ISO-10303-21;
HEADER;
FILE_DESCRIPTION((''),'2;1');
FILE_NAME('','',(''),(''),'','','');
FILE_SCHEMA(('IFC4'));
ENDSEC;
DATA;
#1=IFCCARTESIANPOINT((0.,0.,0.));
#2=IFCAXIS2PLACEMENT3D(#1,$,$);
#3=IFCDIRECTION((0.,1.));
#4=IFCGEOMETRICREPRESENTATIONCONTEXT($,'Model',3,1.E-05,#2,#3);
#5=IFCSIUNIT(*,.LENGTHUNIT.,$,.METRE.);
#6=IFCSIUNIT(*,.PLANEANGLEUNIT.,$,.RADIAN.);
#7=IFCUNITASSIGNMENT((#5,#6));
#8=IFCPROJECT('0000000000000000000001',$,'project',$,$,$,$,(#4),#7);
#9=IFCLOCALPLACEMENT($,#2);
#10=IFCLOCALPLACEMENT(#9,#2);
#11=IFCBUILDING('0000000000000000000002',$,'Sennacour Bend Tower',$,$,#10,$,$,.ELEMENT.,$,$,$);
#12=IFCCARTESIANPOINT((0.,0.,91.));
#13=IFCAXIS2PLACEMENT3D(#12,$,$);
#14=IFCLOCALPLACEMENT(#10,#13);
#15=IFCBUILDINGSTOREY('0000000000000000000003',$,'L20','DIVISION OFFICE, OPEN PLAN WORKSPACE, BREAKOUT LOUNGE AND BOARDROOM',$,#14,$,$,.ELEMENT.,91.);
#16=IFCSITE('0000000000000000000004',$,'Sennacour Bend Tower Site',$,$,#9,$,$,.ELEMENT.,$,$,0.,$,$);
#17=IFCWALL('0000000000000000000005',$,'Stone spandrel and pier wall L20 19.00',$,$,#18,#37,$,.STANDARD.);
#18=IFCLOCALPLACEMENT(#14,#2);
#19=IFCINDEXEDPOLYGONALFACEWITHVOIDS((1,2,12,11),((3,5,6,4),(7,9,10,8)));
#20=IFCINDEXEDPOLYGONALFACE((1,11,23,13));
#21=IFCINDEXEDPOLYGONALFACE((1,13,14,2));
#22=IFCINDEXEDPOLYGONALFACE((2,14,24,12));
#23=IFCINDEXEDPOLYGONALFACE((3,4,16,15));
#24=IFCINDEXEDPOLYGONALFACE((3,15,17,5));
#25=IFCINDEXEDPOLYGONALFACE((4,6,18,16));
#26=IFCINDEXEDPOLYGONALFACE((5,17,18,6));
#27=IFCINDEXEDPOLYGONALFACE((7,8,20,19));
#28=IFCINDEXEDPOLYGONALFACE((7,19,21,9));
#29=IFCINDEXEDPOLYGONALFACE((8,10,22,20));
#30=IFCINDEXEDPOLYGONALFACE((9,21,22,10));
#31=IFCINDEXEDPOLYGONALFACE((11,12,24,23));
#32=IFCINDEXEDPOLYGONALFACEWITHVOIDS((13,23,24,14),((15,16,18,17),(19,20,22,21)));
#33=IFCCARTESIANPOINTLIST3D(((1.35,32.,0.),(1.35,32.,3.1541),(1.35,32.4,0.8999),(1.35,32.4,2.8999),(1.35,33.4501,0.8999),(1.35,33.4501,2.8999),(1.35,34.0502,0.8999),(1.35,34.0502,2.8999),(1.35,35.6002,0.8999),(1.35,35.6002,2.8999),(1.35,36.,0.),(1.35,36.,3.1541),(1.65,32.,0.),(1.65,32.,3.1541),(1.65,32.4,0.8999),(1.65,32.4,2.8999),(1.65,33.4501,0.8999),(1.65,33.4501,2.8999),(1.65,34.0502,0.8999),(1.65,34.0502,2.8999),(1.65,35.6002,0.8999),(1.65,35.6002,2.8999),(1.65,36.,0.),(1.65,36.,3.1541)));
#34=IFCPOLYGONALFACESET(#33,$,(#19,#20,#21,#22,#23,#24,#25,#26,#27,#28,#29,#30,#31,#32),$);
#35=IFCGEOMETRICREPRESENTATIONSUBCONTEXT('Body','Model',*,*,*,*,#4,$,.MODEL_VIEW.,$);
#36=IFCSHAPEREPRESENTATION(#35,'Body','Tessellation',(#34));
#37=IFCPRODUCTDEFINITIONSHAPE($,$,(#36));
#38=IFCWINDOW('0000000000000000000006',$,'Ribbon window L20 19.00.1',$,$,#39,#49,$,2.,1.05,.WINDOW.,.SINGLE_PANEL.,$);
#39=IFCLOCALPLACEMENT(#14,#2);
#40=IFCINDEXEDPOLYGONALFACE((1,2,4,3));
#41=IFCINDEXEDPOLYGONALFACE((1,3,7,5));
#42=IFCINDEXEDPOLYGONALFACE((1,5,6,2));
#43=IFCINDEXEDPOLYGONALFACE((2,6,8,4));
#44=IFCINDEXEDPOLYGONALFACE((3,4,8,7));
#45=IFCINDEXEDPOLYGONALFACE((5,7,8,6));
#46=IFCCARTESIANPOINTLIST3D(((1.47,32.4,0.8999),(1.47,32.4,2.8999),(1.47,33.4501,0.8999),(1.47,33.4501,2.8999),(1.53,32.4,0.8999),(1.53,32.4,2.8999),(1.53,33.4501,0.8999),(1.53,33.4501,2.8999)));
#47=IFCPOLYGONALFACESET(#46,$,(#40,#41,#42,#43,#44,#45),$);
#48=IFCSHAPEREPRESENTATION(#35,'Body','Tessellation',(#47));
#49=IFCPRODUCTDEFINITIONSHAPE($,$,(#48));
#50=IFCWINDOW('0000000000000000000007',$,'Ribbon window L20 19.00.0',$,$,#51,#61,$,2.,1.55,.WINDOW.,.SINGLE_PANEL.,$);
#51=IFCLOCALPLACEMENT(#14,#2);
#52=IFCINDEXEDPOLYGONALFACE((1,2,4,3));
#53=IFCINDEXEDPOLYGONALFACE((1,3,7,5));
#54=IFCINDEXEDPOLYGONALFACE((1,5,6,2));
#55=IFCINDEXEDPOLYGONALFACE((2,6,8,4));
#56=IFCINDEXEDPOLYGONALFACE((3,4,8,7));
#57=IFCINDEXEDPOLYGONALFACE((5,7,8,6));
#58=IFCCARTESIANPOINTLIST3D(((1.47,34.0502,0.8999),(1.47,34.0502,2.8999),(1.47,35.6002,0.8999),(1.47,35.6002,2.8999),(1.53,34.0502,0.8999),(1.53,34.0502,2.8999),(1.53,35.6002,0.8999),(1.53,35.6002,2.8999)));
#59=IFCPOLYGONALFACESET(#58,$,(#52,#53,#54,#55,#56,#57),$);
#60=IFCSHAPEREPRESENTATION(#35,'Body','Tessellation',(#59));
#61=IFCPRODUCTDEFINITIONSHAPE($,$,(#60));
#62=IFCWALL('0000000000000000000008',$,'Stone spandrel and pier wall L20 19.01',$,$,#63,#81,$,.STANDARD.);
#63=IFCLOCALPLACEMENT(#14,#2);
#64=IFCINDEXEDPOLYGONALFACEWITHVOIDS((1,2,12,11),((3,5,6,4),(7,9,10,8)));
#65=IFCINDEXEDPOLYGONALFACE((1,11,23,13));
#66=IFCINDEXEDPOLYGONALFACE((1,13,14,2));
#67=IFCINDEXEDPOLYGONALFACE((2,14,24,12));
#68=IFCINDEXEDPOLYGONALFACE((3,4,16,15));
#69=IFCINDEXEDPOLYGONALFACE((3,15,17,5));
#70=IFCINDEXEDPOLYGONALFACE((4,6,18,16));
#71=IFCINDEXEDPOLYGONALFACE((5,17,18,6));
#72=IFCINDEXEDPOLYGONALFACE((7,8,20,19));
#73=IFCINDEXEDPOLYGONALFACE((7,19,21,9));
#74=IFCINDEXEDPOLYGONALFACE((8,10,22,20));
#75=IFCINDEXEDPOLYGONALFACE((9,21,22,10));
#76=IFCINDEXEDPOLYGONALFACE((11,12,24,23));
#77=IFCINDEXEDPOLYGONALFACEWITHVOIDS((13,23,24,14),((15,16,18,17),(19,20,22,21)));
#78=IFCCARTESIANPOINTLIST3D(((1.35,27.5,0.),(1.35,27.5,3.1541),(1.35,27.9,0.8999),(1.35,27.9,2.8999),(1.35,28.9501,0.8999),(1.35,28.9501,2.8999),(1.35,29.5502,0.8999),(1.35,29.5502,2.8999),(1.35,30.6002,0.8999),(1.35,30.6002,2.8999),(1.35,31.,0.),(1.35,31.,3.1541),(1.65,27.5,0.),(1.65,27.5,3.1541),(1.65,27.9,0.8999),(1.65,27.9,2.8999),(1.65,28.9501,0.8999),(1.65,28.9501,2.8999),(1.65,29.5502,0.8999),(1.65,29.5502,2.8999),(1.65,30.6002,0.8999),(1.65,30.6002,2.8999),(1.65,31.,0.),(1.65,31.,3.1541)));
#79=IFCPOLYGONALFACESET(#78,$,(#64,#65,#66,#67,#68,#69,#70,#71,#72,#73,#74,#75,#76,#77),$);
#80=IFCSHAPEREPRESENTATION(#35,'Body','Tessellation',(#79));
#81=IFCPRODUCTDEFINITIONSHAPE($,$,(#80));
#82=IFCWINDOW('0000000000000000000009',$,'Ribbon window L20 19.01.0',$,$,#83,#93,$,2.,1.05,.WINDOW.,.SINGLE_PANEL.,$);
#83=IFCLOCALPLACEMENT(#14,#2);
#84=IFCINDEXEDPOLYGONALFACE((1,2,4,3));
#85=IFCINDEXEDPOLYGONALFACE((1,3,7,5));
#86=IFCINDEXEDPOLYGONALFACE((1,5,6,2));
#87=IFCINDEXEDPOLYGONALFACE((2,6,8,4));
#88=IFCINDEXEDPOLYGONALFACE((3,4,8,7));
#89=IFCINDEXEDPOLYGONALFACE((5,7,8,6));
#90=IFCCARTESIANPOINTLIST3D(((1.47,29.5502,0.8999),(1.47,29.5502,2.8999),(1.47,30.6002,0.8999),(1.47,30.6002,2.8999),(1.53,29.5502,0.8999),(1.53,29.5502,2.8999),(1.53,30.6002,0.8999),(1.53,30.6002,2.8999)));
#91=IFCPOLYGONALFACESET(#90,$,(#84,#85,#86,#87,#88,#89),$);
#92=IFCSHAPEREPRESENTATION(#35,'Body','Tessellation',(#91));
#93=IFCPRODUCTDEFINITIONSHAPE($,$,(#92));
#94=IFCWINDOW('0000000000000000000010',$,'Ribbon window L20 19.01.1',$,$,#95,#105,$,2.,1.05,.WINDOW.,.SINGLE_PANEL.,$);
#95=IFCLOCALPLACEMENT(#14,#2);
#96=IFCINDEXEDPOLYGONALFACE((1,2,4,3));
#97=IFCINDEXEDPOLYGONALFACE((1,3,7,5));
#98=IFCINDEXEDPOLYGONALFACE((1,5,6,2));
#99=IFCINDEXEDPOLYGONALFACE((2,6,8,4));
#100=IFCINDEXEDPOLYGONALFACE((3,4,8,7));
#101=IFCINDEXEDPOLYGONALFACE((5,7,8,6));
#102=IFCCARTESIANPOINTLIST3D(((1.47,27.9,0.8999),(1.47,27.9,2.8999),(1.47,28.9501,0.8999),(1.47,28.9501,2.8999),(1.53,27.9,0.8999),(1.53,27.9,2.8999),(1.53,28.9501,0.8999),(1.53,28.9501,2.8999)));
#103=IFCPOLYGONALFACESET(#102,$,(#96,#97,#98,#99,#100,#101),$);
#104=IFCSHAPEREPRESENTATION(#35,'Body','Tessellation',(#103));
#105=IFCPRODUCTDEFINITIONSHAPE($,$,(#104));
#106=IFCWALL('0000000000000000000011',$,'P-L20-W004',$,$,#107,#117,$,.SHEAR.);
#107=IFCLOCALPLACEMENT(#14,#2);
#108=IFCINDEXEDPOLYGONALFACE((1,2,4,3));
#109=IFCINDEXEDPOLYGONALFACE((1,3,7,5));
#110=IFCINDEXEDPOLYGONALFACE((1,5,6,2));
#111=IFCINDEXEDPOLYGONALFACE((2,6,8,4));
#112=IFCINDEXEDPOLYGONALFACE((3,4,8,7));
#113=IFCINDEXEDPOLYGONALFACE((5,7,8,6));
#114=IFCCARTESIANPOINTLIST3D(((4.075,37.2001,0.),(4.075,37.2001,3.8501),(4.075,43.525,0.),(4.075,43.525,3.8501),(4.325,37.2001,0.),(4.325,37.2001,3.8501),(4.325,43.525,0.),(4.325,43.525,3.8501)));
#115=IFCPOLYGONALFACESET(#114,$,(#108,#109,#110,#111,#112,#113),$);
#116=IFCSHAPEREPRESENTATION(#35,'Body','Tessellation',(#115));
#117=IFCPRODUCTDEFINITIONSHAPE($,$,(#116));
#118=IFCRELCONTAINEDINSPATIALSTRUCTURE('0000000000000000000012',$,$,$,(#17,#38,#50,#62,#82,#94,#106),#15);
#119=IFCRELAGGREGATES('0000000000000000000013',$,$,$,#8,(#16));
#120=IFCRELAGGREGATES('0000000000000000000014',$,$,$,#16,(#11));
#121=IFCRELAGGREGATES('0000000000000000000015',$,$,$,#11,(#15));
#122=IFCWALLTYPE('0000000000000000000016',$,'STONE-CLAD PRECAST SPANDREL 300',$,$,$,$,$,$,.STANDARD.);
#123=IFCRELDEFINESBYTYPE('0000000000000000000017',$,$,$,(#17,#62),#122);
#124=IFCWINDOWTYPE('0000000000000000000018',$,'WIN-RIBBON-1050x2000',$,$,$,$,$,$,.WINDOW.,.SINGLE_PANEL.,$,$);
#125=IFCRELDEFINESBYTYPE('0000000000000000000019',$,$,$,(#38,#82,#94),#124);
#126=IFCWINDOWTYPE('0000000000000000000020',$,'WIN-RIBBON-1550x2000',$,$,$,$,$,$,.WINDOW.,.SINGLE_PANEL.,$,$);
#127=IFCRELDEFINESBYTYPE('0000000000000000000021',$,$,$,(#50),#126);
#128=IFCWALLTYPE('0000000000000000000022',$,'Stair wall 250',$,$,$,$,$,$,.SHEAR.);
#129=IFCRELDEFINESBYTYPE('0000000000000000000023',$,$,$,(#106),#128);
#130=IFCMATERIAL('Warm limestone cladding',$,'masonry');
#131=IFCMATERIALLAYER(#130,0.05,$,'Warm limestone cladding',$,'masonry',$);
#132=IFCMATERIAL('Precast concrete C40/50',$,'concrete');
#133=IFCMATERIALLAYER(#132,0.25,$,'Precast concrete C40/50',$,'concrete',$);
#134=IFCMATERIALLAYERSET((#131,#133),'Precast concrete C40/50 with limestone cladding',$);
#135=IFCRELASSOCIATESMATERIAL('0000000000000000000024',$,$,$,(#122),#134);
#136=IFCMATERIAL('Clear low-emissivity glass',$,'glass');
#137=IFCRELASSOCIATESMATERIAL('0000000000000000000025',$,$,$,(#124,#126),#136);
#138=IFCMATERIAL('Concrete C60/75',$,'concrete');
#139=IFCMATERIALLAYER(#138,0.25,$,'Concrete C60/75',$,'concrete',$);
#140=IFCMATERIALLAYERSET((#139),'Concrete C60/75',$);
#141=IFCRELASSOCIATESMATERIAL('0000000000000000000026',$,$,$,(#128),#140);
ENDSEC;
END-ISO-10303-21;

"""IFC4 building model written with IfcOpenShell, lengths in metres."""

from ifc_helpers import new_model, si_unit, direction, frame, frame_2d, origin, place, context, subcontext, project, spatial, rectangle, extrude, material, layer, layer_set, type_object, element, fill, save


model = new_model("IFC4")

# Units and contexts
model_context = context("Model", 3, precision=1e-05, world=origin(), true_north=direction((0.0, 1.0)))
body_context = subcontext(model_context, "Body", "Model", "MODEL_VIEW")
ifc_project = project(units=[si_unit("LENGTHUNIT", "METRE"), si_unit("PLANEANGLEUNIT", "RADIAN")], contexts=[model_context])

# Site, building, storey
site_placement = place(None, origin())
site = spatial("IfcSite", under=ifc_project, at=site_placement, Name="Sennacour Bend Tower Site", CompositionType="ELEMENT", RefElevation=0.0)
building_placement = place(site_placement, origin())
building = spatial("IfcBuilding", under=site, at=building_placement, Name="Sennacour Bend Tower", CompositionType="ELEMENT")
storey_placement = place(building_placement, frame((0.0, 0.0, 91.0)))
storey = spatial("IfcBuildingStorey", under=building, at=storey_placement, Name="L20", Description="DIVISION OFFICE, OPEN PLAN WORKSPACE, BREAKOUT LOUNGE AND BOARDROOM", CompositionType="ELEMENT", Elevation=91.0)

# Walls, openings, windows
ifc_material_1 = material(Name="Warm limestone cladding", Category="masonry")
ifc_layer_1 = layer(ifc_material_1, 0.05, Name="Warm limestone cladding", Category="masonry")
ifc_material_2 = material(Name="Precast concrete C40/50", Category="concrete")
ifc_layer_2 = layer(ifc_material_2, 0.25, Name="Precast concrete C40/50", Category="concrete")
ifc_layer_set_1 = layer_set([ifc_layer_1, ifc_layer_2], Name="Precast concrete C40/50 with limestone cladding")
wall_type_1 = type_object("IfcWallType", Name="STONE-CLAD PRECAST SPANDREL 300", PredefinedType="STANDARD", material=ifc_layer_set_1)
wall_1_placement = place(storey_placement, frame((1.5, 36.0, 0.0), z_axis=(0.0, 0.0, 1.0), x_axis=(0.0, -1.0, 0.0)))
wall_1 = element("IfcWall", 1, at=wall_1_placement, inside=storey, type_object=wall_type_1, Name="Stone spandrel and pier wall L20 19.00", PredefinedType="STANDARD", context=body_context, shape_type="SweptSolid", body=[
    extrude(rectangle(XDim=4.0, YDim=0.3, at=frame_2d((2.0, 0.0))), origin(), (0.0, 0.0, 1.0), 3.1541),
])
opening_1_placement = place(wall_1_placement, frame((0.3999, 0.0, 0.8999)))
opening_1 = element("IfcOpeningElement", 2, at=opening_1_placement, cuts=wall_1, PredefinedType="OPENING", context=body_context, shape_type="SweptSolid", body=[
    extrude(rectangle(XDim=1.55, YDim=2.0, at=frame_2d((0.7749, 1.0))), frame((0.0, 0.1602, 0.0), z_axis=(0.0, -1.0, 0.0), x_axis=(1.0, 0.0, 0.0)), (0.0, 0.0, 1.0), 0.3201),
])
opening_2_placement = place(wall_1_placement, frame((2.55, 0.0, 0.8999)))
opening_2 = element("IfcOpeningElement", 3, at=opening_2_placement, cuts=wall_1, PredefinedType="OPENING", context=body_context, shape_type="SweptSolid", body=[
    extrude(rectangle(XDim=1.05, YDim=2.0, at=frame_2d((0.5249, 1.0))), frame((0.0, 0.1602, 0.0), z_axis=(0.0, -1.0, 0.0), x_axis=(1.0, 0.0, 0.0)), (0.0, 0.0, 1.0), 0.3201),
])
ifc_material_3 = material(Name="Clear low-emissivity glass", Category="glass")
window_type_1 = type_object("IfcWindowType", Name="WIN-RIBBON-1050x2000", PartitioningType="SINGLE_PANEL", PredefinedType="WINDOW", material=ifc_material_3)
window_1_placement = place(opening_2_placement, origin())
window_1 = element("IfcWindow", 4, at=window_1_placement, inside=storey, type_object=window_type_1, Name="Ribbon window L20 19.00.1", OverallHeight=2.0, OverallWidth=1.05, PartitioningType="SINGLE_PANEL", PredefinedType="WINDOW", context=body_context, shape_type="SweptSolid", body=[
    extrude(rectangle(XDim=1.05, YDim=2.0, at=frame_2d((0.5249, 1.0))), frame((0.0, 0.03, 0.0), z_axis=(0.0, -1.0, 0.0), x_axis=(1.0, 0.0, 0.0)), (0.0, 0.0, 1.0), 0.0601),
])
fill(opening_2, window_1)
window_type_2 = type_object("IfcWindowType", Name="WIN-RIBBON-1550x2000", PartitioningType="SINGLE_PANEL", PredefinedType="WINDOW", material=ifc_material_3)
window_2_placement = place(opening_1_placement, origin())
window_2 = element("IfcWindow", 5, at=window_2_placement, inside=storey, type_object=window_type_2, Name="Ribbon window L20 19.00.0", OverallHeight=2.0, OverallWidth=1.55, PartitioningType="SINGLE_PANEL", PredefinedType="WINDOW", context=body_context, shape_type="SweptSolid", body=[
    extrude(rectangle(XDim=1.55, YDim=2.0, at=frame_2d((0.7749, 1.0))), frame((0.0, 0.03, 0.0), z_axis=(0.0, -1.0, 0.0), x_axis=(1.0, 0.0, 0.0)), (0.0, 0.0, 1.0), 0.0601),
])
fill(opening_1, window_2)
wall_2_placement = place(storey_placement, frame((1.5, 31.0, 0.0), z_axis=(0.0, 0.0, 1.0), x_axis=(0.0, -1.0, 0.0)))
wall_2 = element("IfcWall", 6, at=wall_2_placement, inside=storey, type_object=wall_type_1, Name="Stone spandrel and pier wall L20 19.01", PredefinedType="STANDARD", context=body_context, shape_type="SweptSolid", body=[
    extrude(rectangle(XDim=3.5, YDim=0.3, at=frame_2d((1.75, 0.0))), origin(), (0.0, 0.0, 1.0), 3.1541),
])
opening_3_placement = place(wall_2_placement, frame((0.3999, 0.0, 0.8999)))
opening_3 = element("IfcOpeningElement", 7, at=opening_3_placement, cuts=wall_2, PredefinedType="OPENING", context=body_context, shape_type="SweptSolid", body=[
    extrude(rectangle(XDim=1.05, YDim=2.0, at=frame_2d((0.5249, 1.0))), frame((0.0, 0.1602, 0.0), z_axis=(0.0, -1.0, 0.0), x_axis=(1.0, 0.0, 0.0)), (0.0, 0.0, 1.0), 0.3201),
])
opening_4_placement = place(wall_2_placement, frame((2.05, 0.0, 0.8999)))
opening_4 = element("IfcOpeningElement", 8, at=opening_4_placement, cuts=wall_2, PredefinedType="OPENING", context=body_context, shape_type="SweptSolid", body=[
    extrude(rectangle(XDim=1.05, YDim=2.0, at=frame_2d((0.5249, 1.0))), frame((0.0, 0.1602, 0.0), z_axis=(0.0, -1.0, 0.0), x_axis=(1.0, 0.0, 0.0)), (0.0, 0.0, 1.0), 0.3201),
])
window_3_placement = place(opening_3_placement, origin())
window_3 = element("IfcWindow", 9, at=window_3_placement, inside=storey, type_object=window_type_1, Name="Ribbon window L20 19.01.0", OverallHeight=2.0, OverallWidth=1.05, PartitioningType="SINGLE_PANEL", PredefinedType="WINDOW", context=body_context, shape_type="SweptSolid", body=[
    extrude(rectangle(XDim=1.05, YDim=2.0, at=frame_2d((0.5249, 1.0))), frame((0.0, 0.03, 0.0), z_axis=(0.0, -1.0, 0.0), x_axis=(1.0, 0.0, 0.0)), (0.0, 0.0, 1.0), 0.0601),
])
fill(opening_3, window_3)
window_4_placement = place(opening_4_placement, origin())
window_4 = element("IfcWindow", 10, at=window_4_placement, inside=storey, type_object=window_type_1, Name="Ribbon window L20 19.01.1", OverallHeight=2.0, OverallWidth=1.05, PartitioningType="SINGLE_PANEL", PredefinedType="WINDOW", context=body_context, shape_type="SweptSolid", body=[
    extrude(rectangle(XDim=1.05, YDim=2.0, at=frame_2d((0.5249, 1.0))), frame((0.0, 0.03, 0.0), z_axis=(0.0, -1.0, 0.0), x_axis=(1.0, 0.0, 0.0)), (0.0, 0.0, 1.0), 0.0601),
])
fill(opening_4, window_4)

# Wall
ifc_material_4 = material(Name="Concrete C60/75", Category="concrete")
ifc_layer_3 = layer(ifc_material_4, 0.25, Name="Concrete C60/75", Category="concrete")
ifc_layer_set_2 = layer_set([ifc_layer_3], Name="Concrete C60/75")
wall_type_2 = type_object("IfcWallType", Name="Stair wall 250", PredefinedType="SHEAR", material=ifc_layer_set_2)
wall_3_placement = place(storey_placement, frame((4.2, 37.2, 0.0), z_axis=(0.0, 0.0, 1.0), x_axis=(0.0, 1.0, 0.0)))
element("IfcWall", 11, at=wall_3_placement, inside=storey, type_object=wall_type_2, Name="P-L20-W004", PredefinedType="SHEAR", context=body_context, shape_type="SweptSolid", body=[
    extrude(rectangle(XDim=6.325, YDim=0.25, at=frame_2d((3.1626, 0.0))), origin(), (0.0, 0.0, 1.0), 3.8501),
])

save(model, "model.ifc")
